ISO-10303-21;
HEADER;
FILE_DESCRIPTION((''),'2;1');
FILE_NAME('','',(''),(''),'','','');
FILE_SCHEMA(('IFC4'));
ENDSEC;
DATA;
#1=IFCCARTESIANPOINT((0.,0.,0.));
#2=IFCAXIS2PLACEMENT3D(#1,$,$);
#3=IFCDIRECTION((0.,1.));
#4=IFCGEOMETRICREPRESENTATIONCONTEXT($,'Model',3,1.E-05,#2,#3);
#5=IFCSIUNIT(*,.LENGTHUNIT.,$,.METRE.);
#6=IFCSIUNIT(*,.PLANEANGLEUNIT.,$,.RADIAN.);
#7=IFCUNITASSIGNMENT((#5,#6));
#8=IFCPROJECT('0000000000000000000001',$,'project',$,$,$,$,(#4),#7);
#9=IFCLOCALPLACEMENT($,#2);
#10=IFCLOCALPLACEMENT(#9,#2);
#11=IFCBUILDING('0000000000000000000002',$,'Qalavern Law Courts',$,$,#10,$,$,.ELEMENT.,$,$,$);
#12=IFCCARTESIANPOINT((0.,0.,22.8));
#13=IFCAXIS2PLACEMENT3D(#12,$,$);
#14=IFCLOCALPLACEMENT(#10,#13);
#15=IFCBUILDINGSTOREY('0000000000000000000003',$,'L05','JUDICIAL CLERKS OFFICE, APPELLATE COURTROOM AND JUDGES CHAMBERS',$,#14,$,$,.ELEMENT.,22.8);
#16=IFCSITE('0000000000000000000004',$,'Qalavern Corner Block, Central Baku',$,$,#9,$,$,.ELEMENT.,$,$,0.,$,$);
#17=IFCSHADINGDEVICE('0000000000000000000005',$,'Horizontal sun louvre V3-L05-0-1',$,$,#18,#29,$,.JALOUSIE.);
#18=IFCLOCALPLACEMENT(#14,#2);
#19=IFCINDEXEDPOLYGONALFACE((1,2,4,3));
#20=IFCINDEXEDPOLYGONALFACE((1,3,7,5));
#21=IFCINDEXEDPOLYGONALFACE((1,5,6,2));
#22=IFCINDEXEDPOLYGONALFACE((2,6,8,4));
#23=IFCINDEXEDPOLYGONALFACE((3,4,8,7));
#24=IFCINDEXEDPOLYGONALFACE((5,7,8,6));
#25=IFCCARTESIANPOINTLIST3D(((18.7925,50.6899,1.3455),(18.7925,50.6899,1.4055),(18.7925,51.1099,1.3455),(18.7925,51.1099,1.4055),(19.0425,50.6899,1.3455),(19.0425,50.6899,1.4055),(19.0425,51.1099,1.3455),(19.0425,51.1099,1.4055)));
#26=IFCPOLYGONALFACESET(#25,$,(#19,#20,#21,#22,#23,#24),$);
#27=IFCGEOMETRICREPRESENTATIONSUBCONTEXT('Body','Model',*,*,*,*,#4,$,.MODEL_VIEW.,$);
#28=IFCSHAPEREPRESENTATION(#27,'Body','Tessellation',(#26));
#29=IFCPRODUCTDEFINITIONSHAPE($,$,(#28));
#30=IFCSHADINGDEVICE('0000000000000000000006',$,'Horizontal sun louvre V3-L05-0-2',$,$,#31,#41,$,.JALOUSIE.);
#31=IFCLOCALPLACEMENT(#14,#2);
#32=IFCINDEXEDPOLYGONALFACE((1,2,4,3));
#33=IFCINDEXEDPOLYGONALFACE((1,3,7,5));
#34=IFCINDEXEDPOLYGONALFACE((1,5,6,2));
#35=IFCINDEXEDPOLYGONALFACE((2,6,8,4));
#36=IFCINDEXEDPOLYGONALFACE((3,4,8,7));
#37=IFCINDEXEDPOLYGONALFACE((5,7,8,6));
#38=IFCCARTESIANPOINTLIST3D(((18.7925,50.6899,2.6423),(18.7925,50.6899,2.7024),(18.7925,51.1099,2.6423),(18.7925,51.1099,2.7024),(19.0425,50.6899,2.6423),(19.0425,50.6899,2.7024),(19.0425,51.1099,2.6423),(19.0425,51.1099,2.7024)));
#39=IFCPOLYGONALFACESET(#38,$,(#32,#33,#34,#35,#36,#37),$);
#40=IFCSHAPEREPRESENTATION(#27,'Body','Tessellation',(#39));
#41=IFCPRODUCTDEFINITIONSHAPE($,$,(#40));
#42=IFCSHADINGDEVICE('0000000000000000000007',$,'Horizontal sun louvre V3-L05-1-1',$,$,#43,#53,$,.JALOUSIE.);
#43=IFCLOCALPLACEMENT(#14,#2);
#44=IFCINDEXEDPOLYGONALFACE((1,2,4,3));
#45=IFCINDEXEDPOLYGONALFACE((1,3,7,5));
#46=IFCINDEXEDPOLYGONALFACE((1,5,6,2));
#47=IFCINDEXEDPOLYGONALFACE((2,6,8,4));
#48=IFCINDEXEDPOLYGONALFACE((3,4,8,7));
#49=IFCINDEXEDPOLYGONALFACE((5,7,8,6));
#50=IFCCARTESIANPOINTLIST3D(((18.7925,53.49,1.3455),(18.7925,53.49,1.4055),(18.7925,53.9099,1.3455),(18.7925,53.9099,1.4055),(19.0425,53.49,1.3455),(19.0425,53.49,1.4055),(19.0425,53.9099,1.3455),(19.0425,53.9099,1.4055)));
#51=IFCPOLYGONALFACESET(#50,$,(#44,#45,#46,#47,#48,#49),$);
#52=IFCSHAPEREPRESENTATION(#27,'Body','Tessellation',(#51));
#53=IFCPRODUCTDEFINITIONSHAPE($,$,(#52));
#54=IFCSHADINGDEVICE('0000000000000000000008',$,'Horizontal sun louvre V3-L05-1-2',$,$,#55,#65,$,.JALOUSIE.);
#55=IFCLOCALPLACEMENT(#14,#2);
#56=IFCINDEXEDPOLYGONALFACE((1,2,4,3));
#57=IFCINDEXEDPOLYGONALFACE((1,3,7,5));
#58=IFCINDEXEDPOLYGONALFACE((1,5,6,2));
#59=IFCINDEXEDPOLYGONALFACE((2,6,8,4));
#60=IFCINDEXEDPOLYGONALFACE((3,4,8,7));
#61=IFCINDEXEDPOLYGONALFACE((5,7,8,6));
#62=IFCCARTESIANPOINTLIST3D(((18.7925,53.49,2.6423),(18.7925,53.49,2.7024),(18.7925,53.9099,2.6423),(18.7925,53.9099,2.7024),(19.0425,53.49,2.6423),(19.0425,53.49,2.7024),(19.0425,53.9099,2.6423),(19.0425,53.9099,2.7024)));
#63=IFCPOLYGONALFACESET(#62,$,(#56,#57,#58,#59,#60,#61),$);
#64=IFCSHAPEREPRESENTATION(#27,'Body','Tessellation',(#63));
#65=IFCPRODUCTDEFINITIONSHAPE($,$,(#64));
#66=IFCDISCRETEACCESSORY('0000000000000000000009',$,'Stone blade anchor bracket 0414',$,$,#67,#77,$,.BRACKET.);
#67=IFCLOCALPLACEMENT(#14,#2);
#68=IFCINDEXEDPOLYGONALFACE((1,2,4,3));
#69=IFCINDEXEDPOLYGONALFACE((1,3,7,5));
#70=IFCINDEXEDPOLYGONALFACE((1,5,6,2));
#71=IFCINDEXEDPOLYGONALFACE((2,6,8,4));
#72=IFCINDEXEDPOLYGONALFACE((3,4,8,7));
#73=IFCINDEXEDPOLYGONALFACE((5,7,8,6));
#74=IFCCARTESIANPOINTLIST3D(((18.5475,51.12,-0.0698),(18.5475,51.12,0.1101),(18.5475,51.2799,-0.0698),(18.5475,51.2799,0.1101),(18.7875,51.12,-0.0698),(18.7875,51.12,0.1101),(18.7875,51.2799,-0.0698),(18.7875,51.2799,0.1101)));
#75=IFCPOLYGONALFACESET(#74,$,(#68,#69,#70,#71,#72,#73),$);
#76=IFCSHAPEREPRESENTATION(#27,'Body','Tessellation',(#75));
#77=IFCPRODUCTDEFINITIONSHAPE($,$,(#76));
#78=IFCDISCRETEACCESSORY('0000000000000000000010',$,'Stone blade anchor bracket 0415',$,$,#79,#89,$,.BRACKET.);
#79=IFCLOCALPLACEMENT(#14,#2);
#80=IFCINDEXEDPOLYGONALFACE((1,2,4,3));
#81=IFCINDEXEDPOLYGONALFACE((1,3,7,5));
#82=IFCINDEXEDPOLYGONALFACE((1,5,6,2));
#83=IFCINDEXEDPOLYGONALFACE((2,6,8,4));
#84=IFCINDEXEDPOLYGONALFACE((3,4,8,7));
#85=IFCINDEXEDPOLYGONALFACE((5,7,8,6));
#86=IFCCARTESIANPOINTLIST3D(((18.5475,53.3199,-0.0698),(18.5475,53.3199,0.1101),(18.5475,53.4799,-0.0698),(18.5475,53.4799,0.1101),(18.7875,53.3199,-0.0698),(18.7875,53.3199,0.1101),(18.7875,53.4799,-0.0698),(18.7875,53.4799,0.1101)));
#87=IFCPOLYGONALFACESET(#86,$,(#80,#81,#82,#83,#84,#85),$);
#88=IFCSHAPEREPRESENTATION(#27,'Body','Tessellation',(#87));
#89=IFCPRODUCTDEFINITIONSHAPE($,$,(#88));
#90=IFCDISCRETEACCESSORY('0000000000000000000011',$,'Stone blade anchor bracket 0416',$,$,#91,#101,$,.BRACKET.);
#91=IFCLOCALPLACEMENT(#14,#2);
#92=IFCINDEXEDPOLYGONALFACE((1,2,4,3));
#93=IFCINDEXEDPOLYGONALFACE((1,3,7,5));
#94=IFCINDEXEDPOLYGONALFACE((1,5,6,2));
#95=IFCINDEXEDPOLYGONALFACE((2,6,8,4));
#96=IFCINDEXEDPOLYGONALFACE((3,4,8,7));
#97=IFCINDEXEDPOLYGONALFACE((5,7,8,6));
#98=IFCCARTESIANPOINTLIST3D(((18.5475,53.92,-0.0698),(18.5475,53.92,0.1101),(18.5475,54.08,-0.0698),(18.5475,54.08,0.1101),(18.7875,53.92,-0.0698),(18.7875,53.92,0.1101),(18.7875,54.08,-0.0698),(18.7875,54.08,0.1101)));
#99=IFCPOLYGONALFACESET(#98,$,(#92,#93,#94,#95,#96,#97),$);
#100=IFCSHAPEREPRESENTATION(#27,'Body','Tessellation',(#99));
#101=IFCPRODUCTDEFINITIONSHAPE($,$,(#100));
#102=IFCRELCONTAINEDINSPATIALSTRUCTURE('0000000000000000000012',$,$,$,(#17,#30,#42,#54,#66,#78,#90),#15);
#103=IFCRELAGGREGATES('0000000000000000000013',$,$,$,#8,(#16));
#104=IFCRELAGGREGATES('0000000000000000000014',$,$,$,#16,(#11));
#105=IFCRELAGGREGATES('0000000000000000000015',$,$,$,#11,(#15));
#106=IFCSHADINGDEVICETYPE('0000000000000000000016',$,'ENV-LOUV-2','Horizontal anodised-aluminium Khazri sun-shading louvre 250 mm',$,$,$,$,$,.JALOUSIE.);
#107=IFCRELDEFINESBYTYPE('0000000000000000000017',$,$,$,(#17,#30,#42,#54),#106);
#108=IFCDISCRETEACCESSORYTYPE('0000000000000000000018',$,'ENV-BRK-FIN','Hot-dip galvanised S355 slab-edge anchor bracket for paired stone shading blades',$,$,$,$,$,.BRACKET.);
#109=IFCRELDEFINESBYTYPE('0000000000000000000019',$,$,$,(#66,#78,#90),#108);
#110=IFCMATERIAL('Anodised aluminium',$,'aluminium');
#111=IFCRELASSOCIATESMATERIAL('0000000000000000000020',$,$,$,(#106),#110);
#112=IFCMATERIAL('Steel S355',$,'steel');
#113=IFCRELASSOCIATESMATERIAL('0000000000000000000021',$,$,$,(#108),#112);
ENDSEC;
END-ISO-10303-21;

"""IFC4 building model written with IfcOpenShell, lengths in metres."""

from ifc_helpers import new_model, si_unit, direction, frame, origin, origin_2d, place, context, subcontext, project, spatial, rectangle, extrude, material, type_object, element, save


model = new_model("IFC4")

# Units and contexts
model_context = context("Model", 3, precision=1e-05, world=origin(), true_north=direction((0.0, 1.0)))
body_context = subcontext(model_context, "Body", "Model", "MODEL_VIEW")
ifc_project = project(units=[si_unit("LENGTHUNIT", "METRE"), si_unit("PLANEANGLEUNIT", "RADIAN")], contexts=[model_context])

# Site, building, storey
site_placement = place(None, origin())
site = spatial("IfcSite", under=ifc_project, at=site_placement, Name="Qalavern Corner Block, Central Baku", CompositionType="ELEMENT", RefElevation=0.0)
building_placement = place(site_placement, origin())
building = spatial("IfcBuilding", under=site, at=building_placement, Name="Qalavern Law Courts", CompositionType="ELEMENT")
storey_placement = place(building_placement, frame((0.0, 0.0, 22.8)))
storey = spatial("IfcBuildingStorey", under=building, at=storey_placement, Name="L05", Description="JUDICIAL CLERKS OFFICE, APPELLATE COURTROOM AND JUDGES CHAMBERS", CompositionType="ELEMENT", Elevation=22.8)

# Shared definitions
ifc_material_1 = material(Name="Anodised aluminium", Category="aluminium")

# Shading devices
shading_device_type = type_object("IfcShadingDeviceType", Name="ENV-LOUV-2", Description="Horizontal anodised-aluminium Khazri sun-shading louvre 250 mm", PredefinedType="JALOUSIE", material=ifc_material_1)
for number, where, z_axis, x_axis, name in (
    (1, (18.9175, 50.8999, 1.3455), (0.0, 0.0, 1.0), (0.0, 1.0, 0.0), "Horizontal sun louvre V3-L05-0-1"),
    (2, (18.9175, 50.8999, 2.6423), (0.0, 0.0, 1.0), (0.0, 1.0, 0.0), "Horizontal sun louvre V3-L05-0-2"),
    (3, (18.9175, 53.7, 1.3455), (0.0, 0.0, 1.0), (0.0, 1.0, 0.0), "Horizontal sun louvre V3-L05-1-1"),
    (4, (18.9175, 53.7, 2.6423), (0.0, 0.0, 1.0), (0.0, 1.0, 0.0), "Horizontal sun louvre V3-L05-1-2"),
):
    element("IfcShadingDevice", number, at=place(storey_placement, frame(where, z_axis=z_axis, x_axis=x_axis)), inside=storey, type_object=shading_device_type, Name=name, PredefinedType="JALOUSIE", context=body_context, shape_type="SweptSolid", body=[
        extrude(rectangle(XDim=0.4199, YDim=0.25, at=origin_2d()), origin(), (0.0, 0.0, 1.0), 0.0601),
    ])

# Discrete accessories
ifc_material_2 = material(Name="Steel S355", Category="steel")
discrete_accessory_type = type_object("IfcDiscreteAccessoryType", Name="ENV-BRK-FIN", Description="Hot-dip galvanised S355 slab-edge anchor bracket for paired stone shading blades", PredefinedType="BRACKET", material=ifc_material_2)
for number, where, z_axis, x_axis, name in (
    (5, (18.6675, 51.2, -0.0698), (0.0, 0.0, 1.0), (1.0, 0.0, 0.0), "Stone blade anchor bracket 0414"),
    (6, (18.6675, 53.3999, -0.0698), (0.0, 0.0, 1.0), (1.0, 0.0, 0.0), "Stone blade anchor bracket 0415"),
    (7, (18.6675, 54.0, -0.0698), (0.0, 0.0, 1.0), (1.0, 0.0, 0.0), "Stone blade anchor bracket 0416"),
):
    element("IfcDiscreteAccessory", number, at=place(storey_placement, frame(where, z_axis=z_axis, x_axis=x_axis)), inside=storey, type_object=discrete_accessory_type, Name=name, PredefinedType="BRACKET", context=body_context, shape_type="SweptSolid", body=[
        extrude(rectangle(XDim=0.24, YDim=0.1599, at=origin_2d()), origin(), (0.0, 0.0, 1.0), 0.1799),
    ])

save(model, "model.ifc")
